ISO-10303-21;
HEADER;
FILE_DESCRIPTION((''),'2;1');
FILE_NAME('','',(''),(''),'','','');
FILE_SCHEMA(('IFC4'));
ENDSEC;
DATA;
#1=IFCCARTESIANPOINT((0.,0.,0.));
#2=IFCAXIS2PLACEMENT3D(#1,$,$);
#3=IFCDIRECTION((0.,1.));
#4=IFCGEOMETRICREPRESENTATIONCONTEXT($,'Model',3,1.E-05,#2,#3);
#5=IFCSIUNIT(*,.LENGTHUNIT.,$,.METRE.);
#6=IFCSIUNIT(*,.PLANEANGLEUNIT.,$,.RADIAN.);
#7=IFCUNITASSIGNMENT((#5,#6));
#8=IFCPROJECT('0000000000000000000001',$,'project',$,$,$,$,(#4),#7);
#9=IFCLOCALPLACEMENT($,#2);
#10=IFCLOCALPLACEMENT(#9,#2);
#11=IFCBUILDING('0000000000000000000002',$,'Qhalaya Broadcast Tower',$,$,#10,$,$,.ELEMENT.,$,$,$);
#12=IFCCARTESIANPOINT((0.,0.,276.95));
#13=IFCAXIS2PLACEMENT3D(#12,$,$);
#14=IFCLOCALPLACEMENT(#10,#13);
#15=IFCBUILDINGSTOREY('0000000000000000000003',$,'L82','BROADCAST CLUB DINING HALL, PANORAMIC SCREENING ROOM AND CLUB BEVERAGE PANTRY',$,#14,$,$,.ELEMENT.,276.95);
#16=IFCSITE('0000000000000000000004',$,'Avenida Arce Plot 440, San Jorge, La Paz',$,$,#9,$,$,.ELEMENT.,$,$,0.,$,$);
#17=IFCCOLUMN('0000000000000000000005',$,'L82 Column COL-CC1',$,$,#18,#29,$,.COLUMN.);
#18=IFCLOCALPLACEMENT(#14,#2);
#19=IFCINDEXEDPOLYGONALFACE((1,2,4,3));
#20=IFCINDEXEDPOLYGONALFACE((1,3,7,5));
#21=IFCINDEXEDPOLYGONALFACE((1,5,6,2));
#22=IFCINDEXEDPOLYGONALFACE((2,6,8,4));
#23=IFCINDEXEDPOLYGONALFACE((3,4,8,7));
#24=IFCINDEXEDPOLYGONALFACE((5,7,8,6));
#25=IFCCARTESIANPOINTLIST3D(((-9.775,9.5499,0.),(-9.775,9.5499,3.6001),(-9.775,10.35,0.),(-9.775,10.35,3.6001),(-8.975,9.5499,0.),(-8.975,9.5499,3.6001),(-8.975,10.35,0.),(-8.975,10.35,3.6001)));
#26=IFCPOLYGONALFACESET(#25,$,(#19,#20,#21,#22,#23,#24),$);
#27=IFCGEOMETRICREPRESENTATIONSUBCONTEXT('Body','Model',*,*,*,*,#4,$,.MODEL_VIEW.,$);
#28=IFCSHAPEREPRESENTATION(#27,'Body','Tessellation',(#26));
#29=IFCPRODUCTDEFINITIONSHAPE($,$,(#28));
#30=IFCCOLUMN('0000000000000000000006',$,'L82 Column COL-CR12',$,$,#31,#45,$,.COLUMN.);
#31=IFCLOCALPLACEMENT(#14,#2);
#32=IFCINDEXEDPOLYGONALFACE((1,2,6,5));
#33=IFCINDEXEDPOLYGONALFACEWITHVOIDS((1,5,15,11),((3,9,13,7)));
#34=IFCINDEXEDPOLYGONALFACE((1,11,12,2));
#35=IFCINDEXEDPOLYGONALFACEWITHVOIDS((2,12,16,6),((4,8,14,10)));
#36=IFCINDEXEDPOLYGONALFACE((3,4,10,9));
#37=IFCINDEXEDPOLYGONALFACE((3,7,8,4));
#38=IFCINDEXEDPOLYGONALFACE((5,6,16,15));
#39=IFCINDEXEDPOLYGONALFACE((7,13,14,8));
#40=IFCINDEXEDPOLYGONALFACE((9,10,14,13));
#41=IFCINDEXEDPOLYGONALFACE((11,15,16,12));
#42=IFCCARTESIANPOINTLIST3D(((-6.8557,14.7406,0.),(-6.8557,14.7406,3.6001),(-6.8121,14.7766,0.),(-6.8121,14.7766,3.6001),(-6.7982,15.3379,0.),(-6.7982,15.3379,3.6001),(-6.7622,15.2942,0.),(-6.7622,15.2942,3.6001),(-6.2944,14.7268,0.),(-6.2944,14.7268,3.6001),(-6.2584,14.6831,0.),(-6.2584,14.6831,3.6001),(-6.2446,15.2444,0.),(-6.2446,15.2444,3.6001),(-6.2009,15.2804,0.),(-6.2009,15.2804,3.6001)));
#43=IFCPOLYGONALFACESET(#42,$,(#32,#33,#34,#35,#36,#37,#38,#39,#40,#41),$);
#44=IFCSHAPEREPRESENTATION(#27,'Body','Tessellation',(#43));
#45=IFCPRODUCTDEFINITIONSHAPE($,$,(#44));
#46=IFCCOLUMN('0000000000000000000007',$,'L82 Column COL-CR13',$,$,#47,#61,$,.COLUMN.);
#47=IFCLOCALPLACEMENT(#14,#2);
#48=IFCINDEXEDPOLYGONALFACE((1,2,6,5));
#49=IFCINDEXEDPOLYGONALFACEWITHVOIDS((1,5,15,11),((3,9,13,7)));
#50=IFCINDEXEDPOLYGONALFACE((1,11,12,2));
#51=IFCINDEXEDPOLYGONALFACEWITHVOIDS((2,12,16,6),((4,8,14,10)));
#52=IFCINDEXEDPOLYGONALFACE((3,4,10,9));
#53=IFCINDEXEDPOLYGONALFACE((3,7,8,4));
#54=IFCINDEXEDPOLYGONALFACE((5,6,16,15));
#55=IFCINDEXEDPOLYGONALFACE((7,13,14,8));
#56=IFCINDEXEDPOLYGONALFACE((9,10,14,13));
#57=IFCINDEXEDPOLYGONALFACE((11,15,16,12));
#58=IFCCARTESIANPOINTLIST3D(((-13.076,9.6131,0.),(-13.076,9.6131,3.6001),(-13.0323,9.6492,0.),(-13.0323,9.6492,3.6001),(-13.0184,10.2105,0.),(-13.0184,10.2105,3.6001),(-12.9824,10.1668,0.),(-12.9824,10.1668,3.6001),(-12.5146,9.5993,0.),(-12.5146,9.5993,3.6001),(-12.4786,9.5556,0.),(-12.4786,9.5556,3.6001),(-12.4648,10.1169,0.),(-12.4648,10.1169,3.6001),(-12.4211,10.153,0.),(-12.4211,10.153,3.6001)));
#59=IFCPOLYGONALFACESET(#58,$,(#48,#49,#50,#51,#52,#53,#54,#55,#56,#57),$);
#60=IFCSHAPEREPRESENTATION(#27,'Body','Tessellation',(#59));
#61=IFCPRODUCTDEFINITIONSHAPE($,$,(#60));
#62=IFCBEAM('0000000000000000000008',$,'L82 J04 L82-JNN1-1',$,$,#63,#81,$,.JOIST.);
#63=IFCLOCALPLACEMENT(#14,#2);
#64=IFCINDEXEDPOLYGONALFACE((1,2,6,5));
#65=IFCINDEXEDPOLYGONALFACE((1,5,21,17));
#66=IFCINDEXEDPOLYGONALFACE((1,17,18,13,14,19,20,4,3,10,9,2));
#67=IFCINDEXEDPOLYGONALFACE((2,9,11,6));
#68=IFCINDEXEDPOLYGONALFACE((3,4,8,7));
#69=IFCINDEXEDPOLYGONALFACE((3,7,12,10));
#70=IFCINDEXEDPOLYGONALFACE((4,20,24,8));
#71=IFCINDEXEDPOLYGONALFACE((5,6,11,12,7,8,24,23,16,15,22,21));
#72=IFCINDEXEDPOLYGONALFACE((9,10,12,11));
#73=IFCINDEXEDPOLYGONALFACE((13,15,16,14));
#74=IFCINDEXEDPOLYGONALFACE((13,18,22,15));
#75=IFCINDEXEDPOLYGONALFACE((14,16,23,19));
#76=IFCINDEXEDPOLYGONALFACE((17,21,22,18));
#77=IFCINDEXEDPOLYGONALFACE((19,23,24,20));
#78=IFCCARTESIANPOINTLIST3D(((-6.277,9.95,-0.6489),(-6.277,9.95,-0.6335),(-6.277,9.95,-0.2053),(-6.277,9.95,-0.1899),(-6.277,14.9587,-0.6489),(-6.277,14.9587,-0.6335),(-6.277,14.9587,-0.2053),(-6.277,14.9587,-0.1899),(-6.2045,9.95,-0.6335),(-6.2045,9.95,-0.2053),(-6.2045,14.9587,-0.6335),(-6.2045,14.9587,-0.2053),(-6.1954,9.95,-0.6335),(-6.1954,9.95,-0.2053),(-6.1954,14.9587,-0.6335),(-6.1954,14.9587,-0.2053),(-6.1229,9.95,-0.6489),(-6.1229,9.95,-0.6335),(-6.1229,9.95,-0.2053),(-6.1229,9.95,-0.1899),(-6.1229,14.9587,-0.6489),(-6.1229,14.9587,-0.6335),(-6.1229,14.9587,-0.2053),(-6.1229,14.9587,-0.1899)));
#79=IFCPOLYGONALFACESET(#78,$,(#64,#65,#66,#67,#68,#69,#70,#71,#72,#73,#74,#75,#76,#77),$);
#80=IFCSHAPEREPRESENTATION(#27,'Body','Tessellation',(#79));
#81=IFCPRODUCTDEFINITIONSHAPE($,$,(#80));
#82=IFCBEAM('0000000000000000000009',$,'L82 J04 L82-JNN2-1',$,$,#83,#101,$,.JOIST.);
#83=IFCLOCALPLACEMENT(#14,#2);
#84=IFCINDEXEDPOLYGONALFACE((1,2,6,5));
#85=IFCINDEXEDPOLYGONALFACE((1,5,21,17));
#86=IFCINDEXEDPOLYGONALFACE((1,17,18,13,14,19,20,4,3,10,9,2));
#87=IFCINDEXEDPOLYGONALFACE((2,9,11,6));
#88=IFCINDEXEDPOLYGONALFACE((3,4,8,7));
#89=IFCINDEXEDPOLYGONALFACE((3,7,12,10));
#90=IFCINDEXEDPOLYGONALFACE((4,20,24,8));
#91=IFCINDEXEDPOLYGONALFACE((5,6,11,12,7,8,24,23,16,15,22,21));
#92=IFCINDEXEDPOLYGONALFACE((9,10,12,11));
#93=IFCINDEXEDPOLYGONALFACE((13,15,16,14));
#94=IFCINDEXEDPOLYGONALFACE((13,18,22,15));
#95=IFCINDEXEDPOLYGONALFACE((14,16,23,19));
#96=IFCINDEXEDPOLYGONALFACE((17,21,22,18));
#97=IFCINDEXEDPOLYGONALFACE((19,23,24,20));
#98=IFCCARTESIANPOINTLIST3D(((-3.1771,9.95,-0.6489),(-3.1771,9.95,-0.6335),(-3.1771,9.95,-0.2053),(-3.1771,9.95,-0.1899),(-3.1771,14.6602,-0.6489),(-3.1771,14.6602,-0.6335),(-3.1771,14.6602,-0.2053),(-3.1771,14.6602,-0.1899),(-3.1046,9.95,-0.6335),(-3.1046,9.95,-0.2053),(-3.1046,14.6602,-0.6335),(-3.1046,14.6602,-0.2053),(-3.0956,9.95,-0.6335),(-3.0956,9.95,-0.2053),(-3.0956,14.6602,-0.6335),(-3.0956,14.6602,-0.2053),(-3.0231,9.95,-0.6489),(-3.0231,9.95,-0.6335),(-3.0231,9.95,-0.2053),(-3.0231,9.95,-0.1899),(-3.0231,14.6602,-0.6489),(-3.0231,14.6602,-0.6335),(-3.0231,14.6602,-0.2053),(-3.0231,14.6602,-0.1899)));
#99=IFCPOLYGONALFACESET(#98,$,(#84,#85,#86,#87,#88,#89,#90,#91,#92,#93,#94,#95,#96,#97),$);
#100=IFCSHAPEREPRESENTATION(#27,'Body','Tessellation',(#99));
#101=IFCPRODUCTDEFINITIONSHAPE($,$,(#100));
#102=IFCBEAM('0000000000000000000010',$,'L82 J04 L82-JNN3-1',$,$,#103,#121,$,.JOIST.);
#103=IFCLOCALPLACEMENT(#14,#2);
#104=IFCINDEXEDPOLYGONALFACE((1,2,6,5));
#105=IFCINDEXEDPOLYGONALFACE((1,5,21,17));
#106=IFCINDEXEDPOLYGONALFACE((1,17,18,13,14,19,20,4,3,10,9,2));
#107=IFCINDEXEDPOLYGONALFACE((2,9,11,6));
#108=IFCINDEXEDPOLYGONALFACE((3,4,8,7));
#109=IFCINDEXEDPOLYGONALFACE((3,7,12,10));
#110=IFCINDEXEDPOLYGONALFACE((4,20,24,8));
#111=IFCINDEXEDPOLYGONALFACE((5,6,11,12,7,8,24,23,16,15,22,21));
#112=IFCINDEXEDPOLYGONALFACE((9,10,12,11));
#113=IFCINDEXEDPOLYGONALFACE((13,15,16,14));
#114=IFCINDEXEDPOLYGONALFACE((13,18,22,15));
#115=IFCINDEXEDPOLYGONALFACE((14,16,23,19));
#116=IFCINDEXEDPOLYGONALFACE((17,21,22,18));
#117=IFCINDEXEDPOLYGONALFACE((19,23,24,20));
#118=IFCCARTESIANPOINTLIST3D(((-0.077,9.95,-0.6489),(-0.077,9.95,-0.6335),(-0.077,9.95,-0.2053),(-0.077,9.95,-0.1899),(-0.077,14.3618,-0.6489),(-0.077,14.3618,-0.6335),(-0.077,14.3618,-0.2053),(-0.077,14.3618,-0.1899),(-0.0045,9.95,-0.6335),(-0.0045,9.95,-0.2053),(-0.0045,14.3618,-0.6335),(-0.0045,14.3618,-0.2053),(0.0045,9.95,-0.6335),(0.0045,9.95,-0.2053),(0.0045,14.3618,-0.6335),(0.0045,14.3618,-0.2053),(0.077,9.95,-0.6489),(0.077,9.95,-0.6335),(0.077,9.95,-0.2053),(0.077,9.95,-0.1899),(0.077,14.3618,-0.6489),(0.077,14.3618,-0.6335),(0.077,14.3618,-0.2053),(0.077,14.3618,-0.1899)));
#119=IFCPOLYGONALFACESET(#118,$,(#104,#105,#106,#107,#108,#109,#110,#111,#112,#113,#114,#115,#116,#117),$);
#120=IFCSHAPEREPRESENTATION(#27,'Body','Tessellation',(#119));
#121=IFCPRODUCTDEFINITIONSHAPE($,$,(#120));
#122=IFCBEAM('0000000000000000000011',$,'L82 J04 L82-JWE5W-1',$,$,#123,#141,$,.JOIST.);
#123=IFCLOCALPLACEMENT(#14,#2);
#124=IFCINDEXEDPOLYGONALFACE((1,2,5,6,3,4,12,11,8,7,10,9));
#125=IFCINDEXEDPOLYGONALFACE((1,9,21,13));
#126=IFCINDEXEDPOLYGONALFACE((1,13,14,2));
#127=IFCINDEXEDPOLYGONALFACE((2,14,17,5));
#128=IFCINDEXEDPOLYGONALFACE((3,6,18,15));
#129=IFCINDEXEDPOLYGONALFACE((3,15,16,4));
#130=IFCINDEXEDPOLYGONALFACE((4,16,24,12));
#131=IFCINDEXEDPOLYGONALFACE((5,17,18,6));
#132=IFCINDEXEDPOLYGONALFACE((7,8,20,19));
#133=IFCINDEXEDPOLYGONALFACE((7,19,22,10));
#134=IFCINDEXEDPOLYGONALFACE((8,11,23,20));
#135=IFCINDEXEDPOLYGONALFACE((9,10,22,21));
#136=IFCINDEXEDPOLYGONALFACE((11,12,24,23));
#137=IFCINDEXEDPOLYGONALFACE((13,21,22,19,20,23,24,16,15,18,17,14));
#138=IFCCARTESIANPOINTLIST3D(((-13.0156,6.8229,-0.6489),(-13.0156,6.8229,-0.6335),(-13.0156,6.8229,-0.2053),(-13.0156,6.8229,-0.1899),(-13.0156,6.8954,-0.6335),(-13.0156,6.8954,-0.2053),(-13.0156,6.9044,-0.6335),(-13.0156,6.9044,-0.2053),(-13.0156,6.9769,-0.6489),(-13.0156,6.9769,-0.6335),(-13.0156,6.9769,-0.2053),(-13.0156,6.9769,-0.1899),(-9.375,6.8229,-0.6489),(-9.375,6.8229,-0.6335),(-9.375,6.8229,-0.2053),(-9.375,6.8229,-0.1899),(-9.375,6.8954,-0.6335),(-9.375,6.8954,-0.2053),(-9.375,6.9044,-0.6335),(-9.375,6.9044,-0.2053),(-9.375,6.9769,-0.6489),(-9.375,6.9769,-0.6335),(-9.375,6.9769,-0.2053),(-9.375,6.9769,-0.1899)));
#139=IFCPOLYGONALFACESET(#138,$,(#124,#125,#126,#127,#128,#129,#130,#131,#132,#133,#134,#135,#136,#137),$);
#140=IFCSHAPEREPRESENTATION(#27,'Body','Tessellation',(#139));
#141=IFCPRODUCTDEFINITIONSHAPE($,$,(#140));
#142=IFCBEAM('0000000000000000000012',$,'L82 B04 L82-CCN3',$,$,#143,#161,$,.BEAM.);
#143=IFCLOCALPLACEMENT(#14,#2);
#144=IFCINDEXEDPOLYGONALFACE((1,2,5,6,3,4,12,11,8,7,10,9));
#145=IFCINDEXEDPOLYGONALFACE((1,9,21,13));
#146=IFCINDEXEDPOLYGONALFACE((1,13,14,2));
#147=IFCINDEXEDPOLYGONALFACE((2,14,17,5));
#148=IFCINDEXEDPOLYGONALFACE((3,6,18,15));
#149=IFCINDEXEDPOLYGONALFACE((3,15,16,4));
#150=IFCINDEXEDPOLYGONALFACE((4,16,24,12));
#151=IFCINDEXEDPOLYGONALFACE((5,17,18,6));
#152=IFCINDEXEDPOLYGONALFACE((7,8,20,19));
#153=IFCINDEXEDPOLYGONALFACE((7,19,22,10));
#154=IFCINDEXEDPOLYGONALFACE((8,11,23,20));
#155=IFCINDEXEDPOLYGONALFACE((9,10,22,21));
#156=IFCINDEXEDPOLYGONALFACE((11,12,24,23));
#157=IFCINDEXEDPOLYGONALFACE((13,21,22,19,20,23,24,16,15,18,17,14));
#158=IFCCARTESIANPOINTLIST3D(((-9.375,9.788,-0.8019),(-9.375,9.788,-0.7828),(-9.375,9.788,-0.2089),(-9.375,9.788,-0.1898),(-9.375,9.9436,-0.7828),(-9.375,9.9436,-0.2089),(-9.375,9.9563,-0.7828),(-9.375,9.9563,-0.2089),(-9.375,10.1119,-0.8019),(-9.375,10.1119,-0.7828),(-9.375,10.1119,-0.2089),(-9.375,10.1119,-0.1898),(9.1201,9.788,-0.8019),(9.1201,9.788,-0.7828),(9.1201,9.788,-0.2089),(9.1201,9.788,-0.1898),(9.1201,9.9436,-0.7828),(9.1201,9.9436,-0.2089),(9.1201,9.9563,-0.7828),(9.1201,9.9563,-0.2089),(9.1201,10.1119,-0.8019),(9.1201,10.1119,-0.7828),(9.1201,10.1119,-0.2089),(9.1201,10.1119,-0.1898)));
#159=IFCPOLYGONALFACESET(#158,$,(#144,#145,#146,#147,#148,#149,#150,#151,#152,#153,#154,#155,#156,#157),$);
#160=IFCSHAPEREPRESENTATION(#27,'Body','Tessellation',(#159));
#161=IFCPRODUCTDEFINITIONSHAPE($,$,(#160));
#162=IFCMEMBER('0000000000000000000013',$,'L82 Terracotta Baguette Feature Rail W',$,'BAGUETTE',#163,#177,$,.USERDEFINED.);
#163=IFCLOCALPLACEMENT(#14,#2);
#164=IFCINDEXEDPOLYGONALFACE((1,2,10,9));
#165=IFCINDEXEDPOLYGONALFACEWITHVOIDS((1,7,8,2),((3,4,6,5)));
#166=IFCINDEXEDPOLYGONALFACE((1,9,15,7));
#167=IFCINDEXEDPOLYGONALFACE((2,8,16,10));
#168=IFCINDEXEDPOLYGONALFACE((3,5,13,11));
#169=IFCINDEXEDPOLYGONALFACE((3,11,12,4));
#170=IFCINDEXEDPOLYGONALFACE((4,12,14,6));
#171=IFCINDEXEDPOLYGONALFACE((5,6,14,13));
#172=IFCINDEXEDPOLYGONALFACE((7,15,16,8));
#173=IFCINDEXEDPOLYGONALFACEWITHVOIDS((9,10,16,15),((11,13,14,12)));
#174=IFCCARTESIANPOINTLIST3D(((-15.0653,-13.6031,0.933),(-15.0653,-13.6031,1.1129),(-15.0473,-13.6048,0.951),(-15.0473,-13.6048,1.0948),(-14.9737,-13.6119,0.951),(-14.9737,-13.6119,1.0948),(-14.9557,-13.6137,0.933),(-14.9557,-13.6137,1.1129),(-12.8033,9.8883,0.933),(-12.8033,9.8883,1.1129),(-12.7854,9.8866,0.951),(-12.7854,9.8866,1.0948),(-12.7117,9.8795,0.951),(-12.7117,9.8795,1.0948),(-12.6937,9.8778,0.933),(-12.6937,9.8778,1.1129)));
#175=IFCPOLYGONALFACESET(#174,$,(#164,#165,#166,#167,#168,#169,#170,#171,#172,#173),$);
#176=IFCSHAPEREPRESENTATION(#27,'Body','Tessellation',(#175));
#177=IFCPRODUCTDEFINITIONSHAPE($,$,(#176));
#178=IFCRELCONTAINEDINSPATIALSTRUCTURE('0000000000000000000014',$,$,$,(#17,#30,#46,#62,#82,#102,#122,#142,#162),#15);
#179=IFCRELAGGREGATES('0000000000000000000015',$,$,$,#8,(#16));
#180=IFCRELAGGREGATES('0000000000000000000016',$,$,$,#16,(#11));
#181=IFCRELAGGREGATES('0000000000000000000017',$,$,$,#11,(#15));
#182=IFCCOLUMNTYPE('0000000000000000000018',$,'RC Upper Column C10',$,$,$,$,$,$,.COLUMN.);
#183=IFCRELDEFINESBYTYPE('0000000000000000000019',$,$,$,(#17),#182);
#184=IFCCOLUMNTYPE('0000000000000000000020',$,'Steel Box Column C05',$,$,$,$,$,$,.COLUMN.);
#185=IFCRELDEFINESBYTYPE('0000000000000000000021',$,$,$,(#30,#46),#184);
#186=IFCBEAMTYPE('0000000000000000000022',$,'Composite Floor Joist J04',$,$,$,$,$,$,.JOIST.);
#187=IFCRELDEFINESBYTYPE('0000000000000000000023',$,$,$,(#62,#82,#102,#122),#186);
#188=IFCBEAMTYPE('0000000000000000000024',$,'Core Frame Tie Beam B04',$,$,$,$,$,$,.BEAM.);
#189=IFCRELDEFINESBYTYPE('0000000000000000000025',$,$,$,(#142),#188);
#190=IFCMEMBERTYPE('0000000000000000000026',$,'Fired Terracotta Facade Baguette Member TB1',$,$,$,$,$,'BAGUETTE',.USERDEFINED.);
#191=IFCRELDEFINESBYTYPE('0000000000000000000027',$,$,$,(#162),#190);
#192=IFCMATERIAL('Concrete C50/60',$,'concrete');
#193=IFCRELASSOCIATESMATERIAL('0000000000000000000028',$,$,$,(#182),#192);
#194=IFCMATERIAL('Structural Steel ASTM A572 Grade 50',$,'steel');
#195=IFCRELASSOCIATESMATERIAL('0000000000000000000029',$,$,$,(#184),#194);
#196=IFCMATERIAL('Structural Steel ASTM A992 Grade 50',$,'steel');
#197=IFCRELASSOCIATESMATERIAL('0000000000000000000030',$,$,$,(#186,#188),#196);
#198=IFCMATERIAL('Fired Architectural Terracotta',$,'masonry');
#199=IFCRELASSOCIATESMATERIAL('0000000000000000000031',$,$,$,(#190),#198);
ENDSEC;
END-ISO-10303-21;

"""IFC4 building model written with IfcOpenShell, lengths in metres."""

from ifc_helpers import new_model, si_unit, direction, frame, origin, origin_2d, place, context, subcontext, project, spatial, rectangle, hollow_rectangle, i_section, extrude, material, material_profile, profile_set, type_object, element, save


model = new_model("IFC4")

# Units and contexts
model_context = context("Model", 3, precision=1e-05, world=origin(), true_north=direction((0.0, 1.0)))
body_context = subcontext(model_context, "Body", "Model", "MODEL_VIEW")
ifc_project = project(units=[si_unit("LENGTHUNIT", "METRE"), si_unit("PLANEANGLEUNIT", "RADIAN")], contexts=[model_context])

# Site, building, storey
site_placement = place(None, origin())
site = spatial("IfcSite", under=ifc_project, at=site_placement, Name="Avenida Arce Plot 440, San Jorge, La Paz", CompositionType="ELEMENT", RefElevation=0.0)
building_placement = place(site_placement, origin())
building = spatial("IfcBuilding", under=site, at=building_placement, Name="Qhalaya Broadcast Tower", CompositionType="ELEMENT")
storey_placement = place(building_placement, frame((0.0, 0.0, 276.95)))
storey = spatial("IfcBuildingStorey", under=building, at=storey_placement, Name="L82", Description="BROADCAST CLUB DINING HALL, PANORAMIC SCREENING ROOM AND CLUB BEVERAGE PANTRY", CompositionType="ELEMENT", Elevation=276.95)

# Columns
ifc_material_1 = material(Name="Concrete C50/60", Category="concrete")
ifc_material_profile_1 = material_profile(ifc_material_1, rectangle(XDim=0.8, YDim=0.8, at=origin_2d()), Name="RC-COL 800x800")
ifc_profile_set_1 = profile_set([ifc_material_profile_1], Name="Concrete C50/60")
column_type_1 = type_object("IfcColumnType", Name="RC Upper Column C10", PredefinedType="COLUMN", material=ifc_profile_set_1)
column_placement = place(storey_placement, frame((-9.375, 9.95, 0.0), z_axis=(0.0, 0.0, 1.0), x_axis=(1.0, 0.0, 0.0)))
element("IfcColumn", 1, at=column_placement, inside=storey, type_object=column_type_1, Name="L82 Column COL-CC1", PredefinedType="COLUMN", context=body_context, shape_type="SweptSolid", body=[
    extrude(rectangle(XDim=0.8, YDim=0.8, at=origin_2d()), origin(), (0.0, 0.0, 1.0), 3.6001),
])
ifc_material_2 = material(Name="Structural Steel ASTM A572 Grade 50", Category="steel")
ifc_material_profile_2 = material_profile(ifc_material_2, hollow_rectangle(XDim=0.6001, YDim=0.6001, WallThickness=0.04, at=origin_2d()), Name="BOX 600x600x40")
ifc_profile_set_2 = profile_set([ifc_material_profile_2], Name="Structural Steel ASTM A572 Grade 50")
column_type_2 = type_object("IfcColumnType", Name="Steel Box Column C05", PredefinedType="COLUMN", material=ifc_profile_set_2)
for number, where, z_axis, x_axis, name in (
    (2, (-6.5283, 15.0105, 0.0), (0.0, 0.0, 1.0), (0.995396, -0.095846, 0.0), "L82 Column COL-CR12"),
    (3, (-12.7485, 9.8831, 0.0), (0.0, 0.0, 1.0), (0.095846, 0.995396, 0.0), "L82 Column COL-CR13"),
):
    element("IfcColumn", number, at=place(storey_placement, frame(where, z_axis=z_axis, x_axis=x_axis)), inside=storey, type_object=column_type_2, Name=name, PredefinedType="COLUMN", context=body_context, shape_type="SweptSolid", body=[
        extrude(hollow_rectangle(XDim=0.6001, YDim=0.6001, WallThickness=0.04, at=origin_2d()), origin(), (0.0, 0.0, 1.0), 3.6001),
    ])

# Beams
ifc_material_3 = material(Name="Structural Steel ASTM A992 Grade 50", Category="steel")
ifc_material_profile_3 = material_profile(ifc_material_3, i_section(OverallWidth=0.1541, OverallDepth=0.459, WebThickness=0.009, FlangeThickness=0.0154, at=origin_2d()), Name="W18X46")
ifc_profile_set_3 = profile_set([ifc_material_profile_3], Name="Structural Steel ASTM A992 Grade 50")
beam_type_1 = type_object("IfcBeamType", Name="Composite Floor Joist J04", PredefinedType="JOIST", material=ifc_profile_set_3)
beam_1_placement = place(storey_placement, frame((-6.2, 9.95, -0.4194), z_axis=(0.0, 1.0, 0.0), x_axis=(-1.0, 0.0, 0.0)))
element("IfcBeam", 4, at=beam_1_placement, inside=storey, type_object=beam_type_1, Name="L82 J04 L82-JNN1-1", PredefinedType="JOIST", context=body_context, shape_type="SweptSolid", body=[
    extrude(i_section(OverallWidth=0.1541, OverallDepth=0.459, WebThickness=0.009, FlangeThickness=0.0154, at=origin_2d()), origin(), (0.0, 0.0, 1.0), 5.0088),
])
beam_2_placement = place(storey_placement, frame((-3.1001, 9.95, -0.4194), z_axis=(0.0, 1.0, 0.0), x_axis=(-1.0, 0.0, 0.0)))
element("IfcBeam", 5, at=beam_2_placement, inside=storey, type_object=beam_type_1, Name="L82 J04 L82-JNN2-1", PredefinedType="JOIST", context=body_context, shape_type="SweptSolid", body=[
    extrude(i_section(OverallWidth=0.1541, OverallDepth=0.459, WebThickness=0.009, FlangeThickness=0.0154, at=origin_2d()), origin(), (0.0, 0.0, 1.0), 4.7102),
])
beam_3_placement = place(storey_placement, frame((0.0, 9.95, -0.4194), z_axis=(0.0, 1.0, 0.0), x_axis=(-1.0, 0.0, 0.0)))
element("IfcBeam", 6, at=beam_3_placement, inside=storey, type_object=beam_type_1, Name="L82 J04 L82-JNN3-1", PredefinedType="JOIST", context=body_context, shape_type="SweptSolid", body=[
    extrude(i_section(OverallWidth=0.1541, OverallDepth=0.459, WebThickness=0.009, FlangeThickness=0.0154, at=origin_2d()), origin(), (0.0, 0.0, 1.0), 4.4119),
])
beam_4_placement = place(storey_placement, frame((-13.0156, 6.8999, -0.4194), z_axis=(1.0, 0.0, 0.0), x_axis=(0.0, 1.0, 0.0)))
element("IfcBeam", 7, at=beam_4_placement, inside=storey, type_object=beam_type_1, Name="L82 J04 L82-JWE5W-1", PredefinedType="JOIST", context=body_context, shape_type="SweptSolid", body=[
    extrude(i_section(OverallWidth=0.1541, OverallDepth=0.459, WebThickness=0.009, FlangeThickness=0.0154, at=origin_2d()), origin(), (0.0, 0.0, 1.0), 3.6406),
])
ifc_material_profile_4 = material_profile(ifc_material_3, i_section(OverallWidth=0.324, OverallDepth=0.6121, WebThickness=0.0127, FlangeThickness=0.019, at=origin_2d()), Name="W24X104")
ifc_profile_set_4 = profile_set([ifc_material_profile_4], Name="Structural Steel ASTM A992 Grade 50")
beam_type_2 = type_object("IfcBeamType", Name="Core Frame Tie Beam B04", PredefinedType="BEAM", material=ifc_profile_set_4)
beam_5_placement = place(storey_placement, frame((-9.375, 9.95, -0.4958), z_axis=(1.0, 0.0, 0.0), x_axis=(0.0, 1.0, 0.0)))
element("IfcBeam", 8, at=beam_5_placement, inside=storey, type_object=beam_type_2, Name="L82 B04 L82-CCN3", PredefinedType="BEAM", context=body_context, shape_type="SweptSolid", body=[
    extrude(i_section(OverallWidth=0.324, OverallDepth=0.6121, WebThickness=0.0127, FlangeThickness=0.019, at=origin_2d()), origin(), (0.0, 0.0, 1.0), 18.4951),
])

# Member
ifc_material_4 = material(Name="Fired Architectural Terracotta", Category="masonry")
ifc_material_profile_5 = material_profile(ifc_material_4, hollow_rectangle(XDim=0.1101, YDim=0.1799, WallThickness=0.0181, at=origin_2d()), Name="TB-BAG 110x180x18")
ifc_profile_set_5 = profile_set([ifc_material_profile_5], Name="Fired Architectural Terracotta")
member_type_1 = type_object("IfcMemberType", Name="Fired Terracotta Facade Baguette Member TB1", ElementType="BAGUETTE", PredefinedType="USERDEFINED", material=ifc_profile_set_5)
member_1_placement = place(storey_placement, frame((-12.7485, 9.8831, 1.0229), z_axis=(-0.095845, -0.995396, 0.0), x_axis=(0.995396, -0.095845, 0.0)))
element("IfcMember", 9, at=member_1_placement, inside=storey, type_object=member_type_1, Name="L82 Terracotta Baguette Feature Rail W", ObjectType="BAGUETTE", PredefinedType="USERDEFINED", context=body_context, shape_type="SweptSolid", body=[
    extrude(hollow_rectangle(XDim=0.1101, YDim=0.1799, WallThickness=0.0181, at=origin_2d()), origin(), (0.0, 0.0, 1.0), 23.6001),
])

save(model, "model.ifc")
